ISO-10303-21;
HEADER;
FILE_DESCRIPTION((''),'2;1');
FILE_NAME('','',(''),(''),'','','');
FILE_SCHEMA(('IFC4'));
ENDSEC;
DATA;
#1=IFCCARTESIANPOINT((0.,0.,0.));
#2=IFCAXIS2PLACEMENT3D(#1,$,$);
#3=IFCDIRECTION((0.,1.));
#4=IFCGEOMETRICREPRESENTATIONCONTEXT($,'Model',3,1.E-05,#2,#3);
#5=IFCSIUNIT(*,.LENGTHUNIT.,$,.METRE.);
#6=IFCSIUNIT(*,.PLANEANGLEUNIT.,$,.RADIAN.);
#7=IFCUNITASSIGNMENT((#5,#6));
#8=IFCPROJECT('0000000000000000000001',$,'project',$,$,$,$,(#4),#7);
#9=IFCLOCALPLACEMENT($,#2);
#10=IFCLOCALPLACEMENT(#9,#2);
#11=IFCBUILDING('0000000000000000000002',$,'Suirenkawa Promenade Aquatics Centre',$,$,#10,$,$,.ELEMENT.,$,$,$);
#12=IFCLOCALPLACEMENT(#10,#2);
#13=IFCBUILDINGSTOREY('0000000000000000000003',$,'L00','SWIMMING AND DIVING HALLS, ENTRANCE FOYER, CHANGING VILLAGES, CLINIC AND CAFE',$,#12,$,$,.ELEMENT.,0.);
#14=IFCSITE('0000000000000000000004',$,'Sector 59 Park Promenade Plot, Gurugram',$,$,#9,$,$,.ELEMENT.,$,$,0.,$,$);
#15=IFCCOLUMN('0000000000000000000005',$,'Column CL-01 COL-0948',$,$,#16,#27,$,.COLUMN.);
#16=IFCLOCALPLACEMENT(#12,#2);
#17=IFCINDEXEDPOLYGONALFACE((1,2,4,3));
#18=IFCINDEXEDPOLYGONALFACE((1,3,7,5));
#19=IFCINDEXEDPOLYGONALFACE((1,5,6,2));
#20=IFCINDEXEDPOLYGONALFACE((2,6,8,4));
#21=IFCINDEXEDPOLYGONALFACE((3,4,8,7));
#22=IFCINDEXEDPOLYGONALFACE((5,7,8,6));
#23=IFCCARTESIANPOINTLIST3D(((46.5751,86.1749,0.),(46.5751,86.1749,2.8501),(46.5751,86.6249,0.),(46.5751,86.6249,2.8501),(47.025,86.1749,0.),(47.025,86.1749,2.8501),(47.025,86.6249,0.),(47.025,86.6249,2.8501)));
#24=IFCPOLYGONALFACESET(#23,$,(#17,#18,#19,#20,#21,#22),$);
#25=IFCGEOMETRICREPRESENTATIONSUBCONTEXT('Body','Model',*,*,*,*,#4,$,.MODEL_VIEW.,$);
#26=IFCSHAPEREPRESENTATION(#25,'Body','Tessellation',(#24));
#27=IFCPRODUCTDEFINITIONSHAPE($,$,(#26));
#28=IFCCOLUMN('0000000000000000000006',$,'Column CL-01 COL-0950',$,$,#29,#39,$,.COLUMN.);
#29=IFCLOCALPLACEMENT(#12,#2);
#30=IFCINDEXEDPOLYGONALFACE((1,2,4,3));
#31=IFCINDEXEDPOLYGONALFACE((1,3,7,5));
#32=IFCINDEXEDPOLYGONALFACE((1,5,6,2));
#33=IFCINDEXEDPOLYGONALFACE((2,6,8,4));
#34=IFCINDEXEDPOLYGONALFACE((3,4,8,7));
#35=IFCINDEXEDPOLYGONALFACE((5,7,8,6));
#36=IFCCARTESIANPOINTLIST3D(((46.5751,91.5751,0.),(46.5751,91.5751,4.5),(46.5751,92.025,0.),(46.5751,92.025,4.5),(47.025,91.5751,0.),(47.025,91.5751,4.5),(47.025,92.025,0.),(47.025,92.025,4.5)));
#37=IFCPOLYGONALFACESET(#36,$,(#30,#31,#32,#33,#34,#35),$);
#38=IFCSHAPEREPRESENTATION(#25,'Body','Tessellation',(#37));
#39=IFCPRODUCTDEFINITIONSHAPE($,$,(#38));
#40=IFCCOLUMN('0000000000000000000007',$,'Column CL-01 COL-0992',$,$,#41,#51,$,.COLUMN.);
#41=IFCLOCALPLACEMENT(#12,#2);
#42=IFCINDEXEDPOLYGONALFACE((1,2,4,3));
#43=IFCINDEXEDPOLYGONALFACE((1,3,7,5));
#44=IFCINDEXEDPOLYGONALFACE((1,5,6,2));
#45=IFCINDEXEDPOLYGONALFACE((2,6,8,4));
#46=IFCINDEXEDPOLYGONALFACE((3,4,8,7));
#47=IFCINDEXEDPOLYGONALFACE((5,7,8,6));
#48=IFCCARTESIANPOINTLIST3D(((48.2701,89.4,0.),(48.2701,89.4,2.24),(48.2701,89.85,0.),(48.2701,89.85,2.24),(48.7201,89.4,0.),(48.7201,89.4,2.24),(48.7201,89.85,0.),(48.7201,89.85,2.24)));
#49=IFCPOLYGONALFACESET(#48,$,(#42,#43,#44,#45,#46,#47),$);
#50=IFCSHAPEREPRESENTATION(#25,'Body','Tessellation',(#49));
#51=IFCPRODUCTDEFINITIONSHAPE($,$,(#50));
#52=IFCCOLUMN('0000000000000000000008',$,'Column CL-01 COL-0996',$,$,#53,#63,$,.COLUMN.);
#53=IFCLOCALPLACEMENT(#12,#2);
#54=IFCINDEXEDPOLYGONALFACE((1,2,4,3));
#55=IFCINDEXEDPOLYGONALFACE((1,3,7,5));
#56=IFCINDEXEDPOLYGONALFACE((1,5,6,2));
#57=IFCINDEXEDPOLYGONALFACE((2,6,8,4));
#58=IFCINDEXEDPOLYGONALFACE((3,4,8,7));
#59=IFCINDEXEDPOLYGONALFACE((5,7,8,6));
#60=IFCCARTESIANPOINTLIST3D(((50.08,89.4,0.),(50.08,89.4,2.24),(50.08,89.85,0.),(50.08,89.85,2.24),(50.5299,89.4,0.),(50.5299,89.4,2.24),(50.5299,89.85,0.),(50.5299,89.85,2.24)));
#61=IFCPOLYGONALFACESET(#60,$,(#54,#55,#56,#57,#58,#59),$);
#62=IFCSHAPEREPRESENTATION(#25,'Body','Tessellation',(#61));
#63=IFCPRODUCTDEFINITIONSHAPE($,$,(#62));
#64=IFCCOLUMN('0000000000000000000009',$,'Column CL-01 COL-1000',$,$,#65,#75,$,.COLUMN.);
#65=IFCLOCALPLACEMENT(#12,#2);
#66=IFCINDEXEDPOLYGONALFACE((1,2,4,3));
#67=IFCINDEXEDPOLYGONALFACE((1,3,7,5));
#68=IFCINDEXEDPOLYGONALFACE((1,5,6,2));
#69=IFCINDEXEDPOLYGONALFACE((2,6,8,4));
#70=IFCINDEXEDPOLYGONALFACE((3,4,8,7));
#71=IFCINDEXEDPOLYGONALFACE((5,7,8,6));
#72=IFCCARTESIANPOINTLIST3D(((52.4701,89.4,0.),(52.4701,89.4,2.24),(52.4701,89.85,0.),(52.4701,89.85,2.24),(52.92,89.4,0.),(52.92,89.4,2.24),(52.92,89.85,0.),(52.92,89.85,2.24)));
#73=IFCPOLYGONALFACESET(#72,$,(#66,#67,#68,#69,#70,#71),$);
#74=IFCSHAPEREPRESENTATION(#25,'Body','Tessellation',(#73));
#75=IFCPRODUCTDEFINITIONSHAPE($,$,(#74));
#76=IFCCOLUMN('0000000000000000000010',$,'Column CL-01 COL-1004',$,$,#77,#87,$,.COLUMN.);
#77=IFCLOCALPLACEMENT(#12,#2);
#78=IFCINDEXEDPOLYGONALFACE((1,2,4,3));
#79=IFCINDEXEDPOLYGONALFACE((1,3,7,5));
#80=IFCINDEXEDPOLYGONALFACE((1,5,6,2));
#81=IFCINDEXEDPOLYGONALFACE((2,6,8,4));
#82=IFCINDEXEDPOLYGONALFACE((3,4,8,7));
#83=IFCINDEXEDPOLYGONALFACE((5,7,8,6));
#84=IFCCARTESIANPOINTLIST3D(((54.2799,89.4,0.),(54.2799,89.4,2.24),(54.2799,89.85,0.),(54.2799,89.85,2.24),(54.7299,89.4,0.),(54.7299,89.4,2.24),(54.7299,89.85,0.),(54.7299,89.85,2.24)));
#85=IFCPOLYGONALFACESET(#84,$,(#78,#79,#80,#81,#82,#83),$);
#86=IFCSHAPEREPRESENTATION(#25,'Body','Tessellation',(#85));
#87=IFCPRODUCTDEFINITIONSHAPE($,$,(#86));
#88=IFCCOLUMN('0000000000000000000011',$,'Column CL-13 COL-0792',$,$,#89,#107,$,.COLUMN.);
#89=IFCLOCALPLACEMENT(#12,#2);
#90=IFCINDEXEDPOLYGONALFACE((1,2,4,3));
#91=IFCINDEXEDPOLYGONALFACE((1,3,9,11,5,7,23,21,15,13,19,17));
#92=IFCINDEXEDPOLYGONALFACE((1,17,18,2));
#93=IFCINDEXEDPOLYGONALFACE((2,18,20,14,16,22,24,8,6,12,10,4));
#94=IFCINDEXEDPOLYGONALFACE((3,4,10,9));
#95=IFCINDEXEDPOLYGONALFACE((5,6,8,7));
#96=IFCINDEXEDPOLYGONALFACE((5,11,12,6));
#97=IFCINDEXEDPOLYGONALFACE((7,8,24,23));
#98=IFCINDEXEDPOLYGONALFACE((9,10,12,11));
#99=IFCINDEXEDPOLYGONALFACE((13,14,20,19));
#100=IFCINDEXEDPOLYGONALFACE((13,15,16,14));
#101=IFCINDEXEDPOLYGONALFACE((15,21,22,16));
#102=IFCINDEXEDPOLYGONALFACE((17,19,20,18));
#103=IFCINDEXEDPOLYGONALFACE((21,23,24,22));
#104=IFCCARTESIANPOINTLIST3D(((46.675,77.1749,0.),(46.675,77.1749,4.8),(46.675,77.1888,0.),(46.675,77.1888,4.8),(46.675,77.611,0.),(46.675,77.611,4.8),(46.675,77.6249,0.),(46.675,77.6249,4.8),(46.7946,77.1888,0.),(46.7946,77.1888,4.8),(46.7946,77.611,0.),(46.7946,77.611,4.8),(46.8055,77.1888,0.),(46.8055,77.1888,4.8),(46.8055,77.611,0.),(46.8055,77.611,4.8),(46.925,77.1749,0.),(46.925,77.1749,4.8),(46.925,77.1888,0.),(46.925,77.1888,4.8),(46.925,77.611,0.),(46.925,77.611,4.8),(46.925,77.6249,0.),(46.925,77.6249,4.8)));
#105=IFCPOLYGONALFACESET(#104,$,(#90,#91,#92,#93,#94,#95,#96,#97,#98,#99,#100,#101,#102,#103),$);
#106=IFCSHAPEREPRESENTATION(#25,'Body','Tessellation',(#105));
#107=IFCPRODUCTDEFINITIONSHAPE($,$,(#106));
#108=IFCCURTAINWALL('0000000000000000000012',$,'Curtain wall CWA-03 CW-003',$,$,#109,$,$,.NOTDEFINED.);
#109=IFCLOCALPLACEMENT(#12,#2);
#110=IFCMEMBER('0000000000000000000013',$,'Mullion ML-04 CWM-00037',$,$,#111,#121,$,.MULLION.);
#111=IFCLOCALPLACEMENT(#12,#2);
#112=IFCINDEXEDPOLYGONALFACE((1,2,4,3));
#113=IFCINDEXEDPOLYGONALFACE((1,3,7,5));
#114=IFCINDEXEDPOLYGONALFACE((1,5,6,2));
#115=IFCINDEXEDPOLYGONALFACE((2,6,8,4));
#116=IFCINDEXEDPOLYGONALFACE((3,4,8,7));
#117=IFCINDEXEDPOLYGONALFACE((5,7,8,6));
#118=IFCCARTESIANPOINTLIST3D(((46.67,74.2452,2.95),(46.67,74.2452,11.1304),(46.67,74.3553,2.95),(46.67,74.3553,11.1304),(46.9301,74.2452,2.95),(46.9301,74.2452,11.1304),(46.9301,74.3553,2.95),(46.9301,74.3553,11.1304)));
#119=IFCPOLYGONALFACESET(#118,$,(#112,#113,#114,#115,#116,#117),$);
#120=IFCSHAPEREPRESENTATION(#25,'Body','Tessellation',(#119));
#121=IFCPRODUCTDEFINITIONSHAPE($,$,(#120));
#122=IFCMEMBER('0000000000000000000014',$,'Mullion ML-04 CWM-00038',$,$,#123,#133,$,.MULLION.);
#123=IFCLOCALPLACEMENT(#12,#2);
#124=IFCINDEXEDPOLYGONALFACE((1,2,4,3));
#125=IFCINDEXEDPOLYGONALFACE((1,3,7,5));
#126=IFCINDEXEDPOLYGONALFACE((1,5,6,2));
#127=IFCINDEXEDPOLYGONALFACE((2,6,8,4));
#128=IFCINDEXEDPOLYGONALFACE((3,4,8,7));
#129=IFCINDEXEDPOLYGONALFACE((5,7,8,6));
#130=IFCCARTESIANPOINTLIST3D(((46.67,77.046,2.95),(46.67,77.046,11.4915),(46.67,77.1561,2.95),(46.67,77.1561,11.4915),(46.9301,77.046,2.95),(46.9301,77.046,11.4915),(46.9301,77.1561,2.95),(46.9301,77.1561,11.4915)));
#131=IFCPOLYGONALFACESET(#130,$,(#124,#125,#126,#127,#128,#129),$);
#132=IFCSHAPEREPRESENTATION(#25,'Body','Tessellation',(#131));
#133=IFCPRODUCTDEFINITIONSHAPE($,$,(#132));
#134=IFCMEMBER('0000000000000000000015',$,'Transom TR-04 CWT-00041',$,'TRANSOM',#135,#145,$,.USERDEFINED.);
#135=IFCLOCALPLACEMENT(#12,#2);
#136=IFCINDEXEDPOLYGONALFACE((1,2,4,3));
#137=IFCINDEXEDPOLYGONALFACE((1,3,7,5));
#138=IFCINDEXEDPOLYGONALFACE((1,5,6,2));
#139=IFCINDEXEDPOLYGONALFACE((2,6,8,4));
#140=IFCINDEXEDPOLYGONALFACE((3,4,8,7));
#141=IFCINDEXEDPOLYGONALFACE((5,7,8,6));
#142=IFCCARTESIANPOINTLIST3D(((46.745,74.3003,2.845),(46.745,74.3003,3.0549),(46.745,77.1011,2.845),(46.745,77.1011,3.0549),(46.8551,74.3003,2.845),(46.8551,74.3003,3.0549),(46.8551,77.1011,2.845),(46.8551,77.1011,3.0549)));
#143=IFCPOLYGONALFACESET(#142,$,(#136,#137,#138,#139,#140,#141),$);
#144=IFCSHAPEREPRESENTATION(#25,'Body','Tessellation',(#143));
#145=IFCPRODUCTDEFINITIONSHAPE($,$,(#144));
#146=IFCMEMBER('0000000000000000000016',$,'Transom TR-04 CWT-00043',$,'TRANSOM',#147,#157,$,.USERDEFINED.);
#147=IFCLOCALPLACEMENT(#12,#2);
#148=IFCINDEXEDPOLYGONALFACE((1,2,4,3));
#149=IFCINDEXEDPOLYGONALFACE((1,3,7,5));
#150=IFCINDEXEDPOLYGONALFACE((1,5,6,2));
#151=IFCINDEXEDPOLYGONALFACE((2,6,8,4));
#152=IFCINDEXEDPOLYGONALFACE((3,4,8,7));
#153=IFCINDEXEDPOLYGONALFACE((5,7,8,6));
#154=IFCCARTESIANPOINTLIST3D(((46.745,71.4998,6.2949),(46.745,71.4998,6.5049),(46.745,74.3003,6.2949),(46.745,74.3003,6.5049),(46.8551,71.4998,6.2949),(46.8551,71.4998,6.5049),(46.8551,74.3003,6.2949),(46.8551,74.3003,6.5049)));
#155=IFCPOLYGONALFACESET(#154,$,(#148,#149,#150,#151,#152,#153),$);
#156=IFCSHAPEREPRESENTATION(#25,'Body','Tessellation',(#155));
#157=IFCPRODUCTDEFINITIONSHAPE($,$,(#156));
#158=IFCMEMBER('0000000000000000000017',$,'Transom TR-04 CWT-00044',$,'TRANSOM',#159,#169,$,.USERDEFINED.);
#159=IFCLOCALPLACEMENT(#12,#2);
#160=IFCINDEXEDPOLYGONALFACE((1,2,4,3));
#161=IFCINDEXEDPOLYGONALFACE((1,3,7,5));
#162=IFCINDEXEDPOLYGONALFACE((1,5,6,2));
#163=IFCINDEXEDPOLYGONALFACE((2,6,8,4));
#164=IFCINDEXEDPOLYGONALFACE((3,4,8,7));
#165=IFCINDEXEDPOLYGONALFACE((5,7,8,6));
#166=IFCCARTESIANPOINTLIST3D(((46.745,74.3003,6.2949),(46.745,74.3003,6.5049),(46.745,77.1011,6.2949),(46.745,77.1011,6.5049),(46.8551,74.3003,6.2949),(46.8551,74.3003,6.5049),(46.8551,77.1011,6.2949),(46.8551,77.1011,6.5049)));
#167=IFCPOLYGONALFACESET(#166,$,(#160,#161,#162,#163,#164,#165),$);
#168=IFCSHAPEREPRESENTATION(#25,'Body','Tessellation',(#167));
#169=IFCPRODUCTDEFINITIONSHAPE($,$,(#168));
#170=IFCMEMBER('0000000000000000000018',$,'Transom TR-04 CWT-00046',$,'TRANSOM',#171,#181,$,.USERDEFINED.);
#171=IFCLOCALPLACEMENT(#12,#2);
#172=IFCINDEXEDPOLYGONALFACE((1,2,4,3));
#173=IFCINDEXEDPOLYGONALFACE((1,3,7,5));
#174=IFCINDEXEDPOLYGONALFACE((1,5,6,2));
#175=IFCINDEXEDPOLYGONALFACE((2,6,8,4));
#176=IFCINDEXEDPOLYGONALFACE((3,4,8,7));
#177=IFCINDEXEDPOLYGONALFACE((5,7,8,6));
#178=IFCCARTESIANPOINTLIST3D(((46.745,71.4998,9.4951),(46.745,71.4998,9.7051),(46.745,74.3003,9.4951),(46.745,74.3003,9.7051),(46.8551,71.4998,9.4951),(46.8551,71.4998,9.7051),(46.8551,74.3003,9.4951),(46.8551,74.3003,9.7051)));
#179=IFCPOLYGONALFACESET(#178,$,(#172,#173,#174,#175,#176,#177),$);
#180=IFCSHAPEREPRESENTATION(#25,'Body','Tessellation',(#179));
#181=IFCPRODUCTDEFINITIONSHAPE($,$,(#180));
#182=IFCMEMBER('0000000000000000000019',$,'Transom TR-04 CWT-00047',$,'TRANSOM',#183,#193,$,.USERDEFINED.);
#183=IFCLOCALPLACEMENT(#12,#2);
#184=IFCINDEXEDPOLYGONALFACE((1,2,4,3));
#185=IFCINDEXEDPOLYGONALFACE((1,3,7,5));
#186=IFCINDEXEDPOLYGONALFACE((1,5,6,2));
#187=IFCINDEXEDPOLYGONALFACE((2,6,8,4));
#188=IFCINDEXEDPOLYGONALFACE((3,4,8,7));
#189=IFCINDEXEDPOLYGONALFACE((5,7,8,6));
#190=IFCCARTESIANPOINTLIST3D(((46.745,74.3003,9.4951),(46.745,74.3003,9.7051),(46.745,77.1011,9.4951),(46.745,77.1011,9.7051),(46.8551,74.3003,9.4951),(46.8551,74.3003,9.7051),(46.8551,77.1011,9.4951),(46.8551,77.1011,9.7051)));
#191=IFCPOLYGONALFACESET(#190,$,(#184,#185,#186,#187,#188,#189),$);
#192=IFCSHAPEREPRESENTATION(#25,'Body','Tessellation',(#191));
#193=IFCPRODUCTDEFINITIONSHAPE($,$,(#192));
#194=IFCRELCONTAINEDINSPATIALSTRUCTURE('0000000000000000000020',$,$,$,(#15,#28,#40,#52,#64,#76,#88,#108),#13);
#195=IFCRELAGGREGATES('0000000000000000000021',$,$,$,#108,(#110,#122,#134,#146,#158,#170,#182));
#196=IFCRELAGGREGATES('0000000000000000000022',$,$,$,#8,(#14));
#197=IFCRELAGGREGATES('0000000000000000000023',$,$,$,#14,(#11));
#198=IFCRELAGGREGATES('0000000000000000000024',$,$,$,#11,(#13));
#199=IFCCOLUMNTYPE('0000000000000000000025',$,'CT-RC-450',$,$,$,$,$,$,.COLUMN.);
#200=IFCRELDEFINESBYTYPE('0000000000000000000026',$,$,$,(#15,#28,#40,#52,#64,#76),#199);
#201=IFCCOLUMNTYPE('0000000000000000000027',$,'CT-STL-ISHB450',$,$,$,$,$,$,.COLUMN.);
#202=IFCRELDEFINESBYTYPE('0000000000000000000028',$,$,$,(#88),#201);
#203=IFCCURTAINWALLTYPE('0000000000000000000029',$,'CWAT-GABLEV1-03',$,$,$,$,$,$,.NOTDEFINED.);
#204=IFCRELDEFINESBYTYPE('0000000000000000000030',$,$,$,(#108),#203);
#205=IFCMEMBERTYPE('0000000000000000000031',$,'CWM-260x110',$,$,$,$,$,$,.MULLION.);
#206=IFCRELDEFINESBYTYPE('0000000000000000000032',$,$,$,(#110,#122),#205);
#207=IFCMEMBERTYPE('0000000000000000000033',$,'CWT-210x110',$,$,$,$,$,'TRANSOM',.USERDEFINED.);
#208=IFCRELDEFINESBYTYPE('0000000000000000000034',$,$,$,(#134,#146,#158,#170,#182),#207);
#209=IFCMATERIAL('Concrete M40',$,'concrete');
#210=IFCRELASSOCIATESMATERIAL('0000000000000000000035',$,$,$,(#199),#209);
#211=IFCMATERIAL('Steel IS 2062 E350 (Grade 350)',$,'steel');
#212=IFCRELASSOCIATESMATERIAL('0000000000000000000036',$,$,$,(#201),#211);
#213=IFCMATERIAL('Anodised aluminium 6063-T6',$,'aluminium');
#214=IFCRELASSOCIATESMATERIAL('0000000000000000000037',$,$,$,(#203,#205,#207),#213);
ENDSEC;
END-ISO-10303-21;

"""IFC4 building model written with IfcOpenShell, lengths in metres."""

from ifc_helpers import new_model, si_unit, direction, frame, origin, origin_2d, place, context, subcontext, project, spatial, rectangle, i_section, extrude, material, material_profile, profile_set, type_object, element, aggregate, save


model = new_model("IFC4")

# Units and contexts
model_context = context("Model", 3, precision=1e-05, world=origin(), true_north=direction((0.0, 1.0)))
body_context = subcontext(model_context, "Body", "Model", "MODEL_VIEW")
ifc_project = project(units=[si_unit("LENGTHUNIT", "METRE"), si_unit("PLANEANGLEUNIT", "RADIAN")], contexts=[model_context])

# Site, building, storey
site_placement = place(None, origin())
site = spatial("IfcSite", under=ifc_project, at=site_placement, Name="Sector 59 Park Promenade Plot, Gurugram", CompositionType="ELEMENT", RefElevation=0.0)
building_placement = place(site_placement, origin())
building = spatial("IfcBuilding", under=site, at=building_placement, Name="Suirenkawa Promenade Aquatics Centre", CompositionType="ELEMENT")
storey_placement = place(building_placement, origin())
storey = spatial("IfcBuildingStorey", under=building, at=storey_placement, Name="L00", Description="SWIMMING AND DIVING HALLS, ENTRANCE FOYER, CHANGING VILLAGES, CLINIC AND CAFE", CompositionType="ELEMENT", Elevation=0.0)

# Columns
ifc_material_1 = material(Name="Concrete M40", Category="concrete")
ifc_material_profile_1 = material_profile(ifc_material_1, rectangle(XDim=0.45, YDim=0.45, at=origin_2d()), Name="RC COL 450x450", Category="concrete")
ifc_profile_set_1 = profile_set([ifc_material_profile_1], Name="Concrete M40")
column_type_1 = type_object("IfcColumnType", Name="CT-RC-450", PredefinedType="COLUMN", material=ifc_profile_set_1)
column_1_placement = place(storey_placement, frame((46.8, 86.3999, 0.0), z_axis=(0.0, 0.0, 1.0), x_axis=(1.0, 0.0, 0.0)))
element("IfcColumn", 1, at=column_1_placement, inside=storey, type_object=column_type_1, Name="Column CL-01 COL-0948", PredefinedType="COLUMN", context=body_context, shape_type="SweptSolid", body=[
    extrude(rectangle(XDim=0.45, YDim=0.45, at=origin_2d()), origin(), (0.0, 0.0, 1.0), 2.8501),
])
column_2_placement = place(storey_placement, frame((46.8, 91.8, 0.0), z_axis=(0.0, 0.0, 1.0), x_axis=(1.0, 0.0, 0.0)))
element("IfcColumn", 2, at=column_2_placement, inside=storey, type_object=column_type_1, Name="Column CL-01 COL-0950", PredefinedType="COLUMN", context=body_context, shape_type="SweptSolid", body=[
    extrude(rectangle(XDim=0.45, YDim=0.45, at=origin_2d()), origin(), (0.0, 0.0, 1.0), 4.5),
])
for number, where, z_axis, x_axis, name in (
    (3, (48.4951, 89.625, 0.0), (0.0, 0.0, 1.0), (1.0, 0.0, 0.0), "Column CL-01 COL-0992"),
    (4, (50.3049, 89.625, 0.0), (0.0, 0.0, 1.0), (1.0, 0.0, 0.0), "Column CL-01 COL-0996"),
    (5, (52.6951, 89.625, 0.0), (0.0, 0.0, 1.0), (1.0, 0.0, 0.0), "Column CL-01 COL-1000"),
    (6, (54.5049, 89.625, 0.0), (0.0, 0.0, 1.0), (1.0, 0.0, 0.0), "Column CL-01 COL-1004"),
):
    element("IfcColumn", number, at=place(storey_placement, frame(where, z_axis=z_axis, x_axis=x_axis)), inside=storey, type_object=column_type_1, Name=name, PredefinedType="COLUMN", context=body_context, shape_type="SweptSolid", body=[
        extrude(rectangle(XDim=0.45, YDim=0.45, at=origin_2d()), origin(), (0.0, 0.0, 1.0), 2.24),
    ])
ifc_material_2 = material(Name="Steel IS 2062 E350 (Grade 350)", Category="steel")
ifc_material_profile_2 = material_profile(ifc_material_2, i_section(OverallWidth=0.25, OverallDepth=0.45, WebThickness=0.011, FlangeThickness=0.0139, at=origin_2d()), Name="ISHB 450", Category="steel")
ifc_profile_set_2 = profile_set([ifc_material_profile_2], Name="Steel IS 2062 E350 (Grade 350)")
column_type_2 = type_object("IfcColumnType", Name="CT-STL-ISHB450", PredefinedType="COLUMN", material=ifc_profile_set_2)
column_3_placement = place(storey_placement, frame((46.8, 77.3999, 0.0), z_axis=(0.0, 0.0, 1.0), x_axis=(1.0, 0.0, 0.0)))
element("IfcColumn", 7, at=column_3_placement, inside=storey, type_object=column_type_2, Name="Column CL-13 COL-0792", PredefinedType="COLUMN", context=body_context, shape_type="SweptSolid", body=[
    extrude(i_section(OverallWidth=0.25, OverallDepth=0.45, WebThickness=0.011, FlangeThickness=0.0139, at=origin_2d()), origin(), (0.0, 0.0, 1.0), 4.8),
])

# Curtain wall, members
ifc_material_3 = material(Name="Anodised aluminium 6063-T6", Category="aluminium")
curtain_wall_type = type_object("IfcCurtainWallType", Name="CWAT-GABLEV1-03", PredefinedType="NOTDEFINED", material=ifc_material_3)
curtain_wall_placement = place(storey_placement, origin())
curtain_wall = element("IfcCurtainWall", 8, at=curtain_wall_placement, inside=storey, type_object=curtain_wall_type, Name="Curtain wall CWA-03 CW-003", PredefinedType="NOTDEFINED")
ifc_material_profile_3 = material_profile(ifc_material_3, rectangle(XDim=0.1101, YDim=0.26, at=origin_2d()), Name="ALU MULL 110x260", Category="aluminium")
ifc_profile_set_3 = profile_set([ifc_material_profile_3], Name="Anodised aluminium 6063-T6")
member_type_1 = type_object("IfcMemberType", Name="CWM-260x110", PredefinedType="MULLION", material=ifc_profile_set_3)
member_1_placement = place(storey_placement, frame((46.8, 74.3003, 2.95), z_axis=(0.0, 0.0, 1.0), x_axis=(0.0, 1.0, 0.0)))
member_1 = element("IfcMember", 9, at=member_1_placement, type_object=member_type_1, Name="Mullion ML-04 CWM-00037", PredefinedType="MULLION", context=body_context, shape_type="SweptSolid", body=[
    extrude(rectangle(XDim=0.1101, YDim=0.26, at=origin_2d()), origin(), (0.0, 0.0, 1.0), 8.1804),
])
member_2_placement = place(storey_placement, frame((46.8, 77.1011, 2.95), z_axis=(0.0, 0.0, 1.0), x_axis=(0.0, 1.0, 0.0)))
member_2 = element("IfcMember", 10, at=member_2_placement, type_object=member_type_1, Name="Mullion ML-04 CWM-00038", PredefinedType="MULLION", context=body_context, shape_type="SweptSolid", body=[
    extrude(rectangle(XDim=0.1101, YDim=0.26, at=origin_2d()), origin(), (0.0, 0.0, 1.0), 8.5415),
])
ifc_material_profile_4 = material_profile(ifc_material_3, rectangle(XDim=0.1101, YDim=0.21, at=origin_2d()), Name="ALU TRAN 110x210", Category="aluminium")
ifc_profile_set_4 = profile_set([ifc_material_profile_4], Name="Anodised aluminium 6063-T6")
member_type_2 = type_object("IfcMemberType", Name="CWT-210x110", ElementType="TRANSOM", PredefinedType="USERDEFINED", material=ifc_profile_set_4)
member_3_placement = place(storey_placement, frame((46.8, 74.3003, 2.95), z_axis=(0.0, 1.0, 0.0), x_axis=(-1.0, 0.0, 0.0)))
member_3 = element("IfcMember", 11, at=member_3_placement, type_object=member_type_2, Name="Transom TR-04 CWT-00041", ObjectType="TRANSOM", PredefinedType="USERDEFINED", context=body_context, shape_type="SweptSolid", body=[
    extrude(rectangle(XDim=0.1101, YDim=0.21, at=origin_2d()), origin(), (0.0, 0.0, 1.0), 2.8008),
])
member_4_placement = place(storey_placement, frame((46.8, 71.4998, 6.3999), z_axis=(0.0, 1.0, 0.0), x_axis=(-1.0, 0.0, 0.0)))
member_4 = element("IfcMember", 12, at=member_4_placement, type_object=member_type_2, Name="Transom TR-04 CWT-00043", ObjectType="TRANSOM", PredefinedType="USERDEFINED", context=body_context, shape_type="SweptSolid", body=[
    extrude(rectangle(XDim=0.1101, YDim=0.21, at=origin_2d()), origin(), (0.0, 0.0, 1.0), 2.8005),
])
member_5_placement = place(storey_placement, frame((46.8, 74.3003, 6.3999), z_axis=(0.0, 1.0, 0.0), x_axis=(-1.0, 0.0, 0.0)))
member_5 = element("IfcMember", 13, at=member_5_placement, type_object=member_type_2, Name="Transom TR-04 CWT-00044", ObjectType="TRANSOM", PredefinedType="USERDEFINED", context=body_context, shape_type="SweptSolid", body=[
    extrude(rectangle(XDim=0.1101, YDim=0.21, at=origin_2d()), origin(), (0.0, 0.0, 1.0), 2.8008),
])
member_6_placement = place(storey_placement, frame((46.8, 71.4998, 9.6001), z_axis=(0.0, 1.0, 0.0), x_axis=(-1.0, 0.0, 0.0)))
member_6 = element("IfcMember", 14, at=member_6_placement, type_object=member_type_2, Name="Transom TR-04 CWT-00046", ObjectType="TRANSOM", PredefinedType="USERDEFINED", context=body_context, shape_type="SweptSolid", body=[
    extrude(rectangle(XDim=0.1101, YDim=0.21, at=origin_2d()), origin(), (0.0, 0.0, 1.0), 2.8005),
])
member_7_placement = place(storey_placement, frame((46.8, 74.3003, 9.6001), z_axis=(0.0, 1.0, 0.0), x_axis=(-1.0, 0.0, 0.0)))
member_7 = element("IfcMember", 15, at=member_7_placement, type_object=member_type_2, Name="Transom TR-04 CWT-00047", ObjectType="TRANSOM", PredefinedType="USERDEFINED", context=body_context, shape_type="SweptSolid", body=[
    extrude(rectangle(XDim=0.1101, YDim=0.21, at=origin_2d()), origin(), (0.0, 0.0, 1.0), 2.8008),
])
aggregate(curtain_wall, [member_1, member_2, member_3, member_4, member_5, member_6, member_7])

save(model, "model.ifc")
